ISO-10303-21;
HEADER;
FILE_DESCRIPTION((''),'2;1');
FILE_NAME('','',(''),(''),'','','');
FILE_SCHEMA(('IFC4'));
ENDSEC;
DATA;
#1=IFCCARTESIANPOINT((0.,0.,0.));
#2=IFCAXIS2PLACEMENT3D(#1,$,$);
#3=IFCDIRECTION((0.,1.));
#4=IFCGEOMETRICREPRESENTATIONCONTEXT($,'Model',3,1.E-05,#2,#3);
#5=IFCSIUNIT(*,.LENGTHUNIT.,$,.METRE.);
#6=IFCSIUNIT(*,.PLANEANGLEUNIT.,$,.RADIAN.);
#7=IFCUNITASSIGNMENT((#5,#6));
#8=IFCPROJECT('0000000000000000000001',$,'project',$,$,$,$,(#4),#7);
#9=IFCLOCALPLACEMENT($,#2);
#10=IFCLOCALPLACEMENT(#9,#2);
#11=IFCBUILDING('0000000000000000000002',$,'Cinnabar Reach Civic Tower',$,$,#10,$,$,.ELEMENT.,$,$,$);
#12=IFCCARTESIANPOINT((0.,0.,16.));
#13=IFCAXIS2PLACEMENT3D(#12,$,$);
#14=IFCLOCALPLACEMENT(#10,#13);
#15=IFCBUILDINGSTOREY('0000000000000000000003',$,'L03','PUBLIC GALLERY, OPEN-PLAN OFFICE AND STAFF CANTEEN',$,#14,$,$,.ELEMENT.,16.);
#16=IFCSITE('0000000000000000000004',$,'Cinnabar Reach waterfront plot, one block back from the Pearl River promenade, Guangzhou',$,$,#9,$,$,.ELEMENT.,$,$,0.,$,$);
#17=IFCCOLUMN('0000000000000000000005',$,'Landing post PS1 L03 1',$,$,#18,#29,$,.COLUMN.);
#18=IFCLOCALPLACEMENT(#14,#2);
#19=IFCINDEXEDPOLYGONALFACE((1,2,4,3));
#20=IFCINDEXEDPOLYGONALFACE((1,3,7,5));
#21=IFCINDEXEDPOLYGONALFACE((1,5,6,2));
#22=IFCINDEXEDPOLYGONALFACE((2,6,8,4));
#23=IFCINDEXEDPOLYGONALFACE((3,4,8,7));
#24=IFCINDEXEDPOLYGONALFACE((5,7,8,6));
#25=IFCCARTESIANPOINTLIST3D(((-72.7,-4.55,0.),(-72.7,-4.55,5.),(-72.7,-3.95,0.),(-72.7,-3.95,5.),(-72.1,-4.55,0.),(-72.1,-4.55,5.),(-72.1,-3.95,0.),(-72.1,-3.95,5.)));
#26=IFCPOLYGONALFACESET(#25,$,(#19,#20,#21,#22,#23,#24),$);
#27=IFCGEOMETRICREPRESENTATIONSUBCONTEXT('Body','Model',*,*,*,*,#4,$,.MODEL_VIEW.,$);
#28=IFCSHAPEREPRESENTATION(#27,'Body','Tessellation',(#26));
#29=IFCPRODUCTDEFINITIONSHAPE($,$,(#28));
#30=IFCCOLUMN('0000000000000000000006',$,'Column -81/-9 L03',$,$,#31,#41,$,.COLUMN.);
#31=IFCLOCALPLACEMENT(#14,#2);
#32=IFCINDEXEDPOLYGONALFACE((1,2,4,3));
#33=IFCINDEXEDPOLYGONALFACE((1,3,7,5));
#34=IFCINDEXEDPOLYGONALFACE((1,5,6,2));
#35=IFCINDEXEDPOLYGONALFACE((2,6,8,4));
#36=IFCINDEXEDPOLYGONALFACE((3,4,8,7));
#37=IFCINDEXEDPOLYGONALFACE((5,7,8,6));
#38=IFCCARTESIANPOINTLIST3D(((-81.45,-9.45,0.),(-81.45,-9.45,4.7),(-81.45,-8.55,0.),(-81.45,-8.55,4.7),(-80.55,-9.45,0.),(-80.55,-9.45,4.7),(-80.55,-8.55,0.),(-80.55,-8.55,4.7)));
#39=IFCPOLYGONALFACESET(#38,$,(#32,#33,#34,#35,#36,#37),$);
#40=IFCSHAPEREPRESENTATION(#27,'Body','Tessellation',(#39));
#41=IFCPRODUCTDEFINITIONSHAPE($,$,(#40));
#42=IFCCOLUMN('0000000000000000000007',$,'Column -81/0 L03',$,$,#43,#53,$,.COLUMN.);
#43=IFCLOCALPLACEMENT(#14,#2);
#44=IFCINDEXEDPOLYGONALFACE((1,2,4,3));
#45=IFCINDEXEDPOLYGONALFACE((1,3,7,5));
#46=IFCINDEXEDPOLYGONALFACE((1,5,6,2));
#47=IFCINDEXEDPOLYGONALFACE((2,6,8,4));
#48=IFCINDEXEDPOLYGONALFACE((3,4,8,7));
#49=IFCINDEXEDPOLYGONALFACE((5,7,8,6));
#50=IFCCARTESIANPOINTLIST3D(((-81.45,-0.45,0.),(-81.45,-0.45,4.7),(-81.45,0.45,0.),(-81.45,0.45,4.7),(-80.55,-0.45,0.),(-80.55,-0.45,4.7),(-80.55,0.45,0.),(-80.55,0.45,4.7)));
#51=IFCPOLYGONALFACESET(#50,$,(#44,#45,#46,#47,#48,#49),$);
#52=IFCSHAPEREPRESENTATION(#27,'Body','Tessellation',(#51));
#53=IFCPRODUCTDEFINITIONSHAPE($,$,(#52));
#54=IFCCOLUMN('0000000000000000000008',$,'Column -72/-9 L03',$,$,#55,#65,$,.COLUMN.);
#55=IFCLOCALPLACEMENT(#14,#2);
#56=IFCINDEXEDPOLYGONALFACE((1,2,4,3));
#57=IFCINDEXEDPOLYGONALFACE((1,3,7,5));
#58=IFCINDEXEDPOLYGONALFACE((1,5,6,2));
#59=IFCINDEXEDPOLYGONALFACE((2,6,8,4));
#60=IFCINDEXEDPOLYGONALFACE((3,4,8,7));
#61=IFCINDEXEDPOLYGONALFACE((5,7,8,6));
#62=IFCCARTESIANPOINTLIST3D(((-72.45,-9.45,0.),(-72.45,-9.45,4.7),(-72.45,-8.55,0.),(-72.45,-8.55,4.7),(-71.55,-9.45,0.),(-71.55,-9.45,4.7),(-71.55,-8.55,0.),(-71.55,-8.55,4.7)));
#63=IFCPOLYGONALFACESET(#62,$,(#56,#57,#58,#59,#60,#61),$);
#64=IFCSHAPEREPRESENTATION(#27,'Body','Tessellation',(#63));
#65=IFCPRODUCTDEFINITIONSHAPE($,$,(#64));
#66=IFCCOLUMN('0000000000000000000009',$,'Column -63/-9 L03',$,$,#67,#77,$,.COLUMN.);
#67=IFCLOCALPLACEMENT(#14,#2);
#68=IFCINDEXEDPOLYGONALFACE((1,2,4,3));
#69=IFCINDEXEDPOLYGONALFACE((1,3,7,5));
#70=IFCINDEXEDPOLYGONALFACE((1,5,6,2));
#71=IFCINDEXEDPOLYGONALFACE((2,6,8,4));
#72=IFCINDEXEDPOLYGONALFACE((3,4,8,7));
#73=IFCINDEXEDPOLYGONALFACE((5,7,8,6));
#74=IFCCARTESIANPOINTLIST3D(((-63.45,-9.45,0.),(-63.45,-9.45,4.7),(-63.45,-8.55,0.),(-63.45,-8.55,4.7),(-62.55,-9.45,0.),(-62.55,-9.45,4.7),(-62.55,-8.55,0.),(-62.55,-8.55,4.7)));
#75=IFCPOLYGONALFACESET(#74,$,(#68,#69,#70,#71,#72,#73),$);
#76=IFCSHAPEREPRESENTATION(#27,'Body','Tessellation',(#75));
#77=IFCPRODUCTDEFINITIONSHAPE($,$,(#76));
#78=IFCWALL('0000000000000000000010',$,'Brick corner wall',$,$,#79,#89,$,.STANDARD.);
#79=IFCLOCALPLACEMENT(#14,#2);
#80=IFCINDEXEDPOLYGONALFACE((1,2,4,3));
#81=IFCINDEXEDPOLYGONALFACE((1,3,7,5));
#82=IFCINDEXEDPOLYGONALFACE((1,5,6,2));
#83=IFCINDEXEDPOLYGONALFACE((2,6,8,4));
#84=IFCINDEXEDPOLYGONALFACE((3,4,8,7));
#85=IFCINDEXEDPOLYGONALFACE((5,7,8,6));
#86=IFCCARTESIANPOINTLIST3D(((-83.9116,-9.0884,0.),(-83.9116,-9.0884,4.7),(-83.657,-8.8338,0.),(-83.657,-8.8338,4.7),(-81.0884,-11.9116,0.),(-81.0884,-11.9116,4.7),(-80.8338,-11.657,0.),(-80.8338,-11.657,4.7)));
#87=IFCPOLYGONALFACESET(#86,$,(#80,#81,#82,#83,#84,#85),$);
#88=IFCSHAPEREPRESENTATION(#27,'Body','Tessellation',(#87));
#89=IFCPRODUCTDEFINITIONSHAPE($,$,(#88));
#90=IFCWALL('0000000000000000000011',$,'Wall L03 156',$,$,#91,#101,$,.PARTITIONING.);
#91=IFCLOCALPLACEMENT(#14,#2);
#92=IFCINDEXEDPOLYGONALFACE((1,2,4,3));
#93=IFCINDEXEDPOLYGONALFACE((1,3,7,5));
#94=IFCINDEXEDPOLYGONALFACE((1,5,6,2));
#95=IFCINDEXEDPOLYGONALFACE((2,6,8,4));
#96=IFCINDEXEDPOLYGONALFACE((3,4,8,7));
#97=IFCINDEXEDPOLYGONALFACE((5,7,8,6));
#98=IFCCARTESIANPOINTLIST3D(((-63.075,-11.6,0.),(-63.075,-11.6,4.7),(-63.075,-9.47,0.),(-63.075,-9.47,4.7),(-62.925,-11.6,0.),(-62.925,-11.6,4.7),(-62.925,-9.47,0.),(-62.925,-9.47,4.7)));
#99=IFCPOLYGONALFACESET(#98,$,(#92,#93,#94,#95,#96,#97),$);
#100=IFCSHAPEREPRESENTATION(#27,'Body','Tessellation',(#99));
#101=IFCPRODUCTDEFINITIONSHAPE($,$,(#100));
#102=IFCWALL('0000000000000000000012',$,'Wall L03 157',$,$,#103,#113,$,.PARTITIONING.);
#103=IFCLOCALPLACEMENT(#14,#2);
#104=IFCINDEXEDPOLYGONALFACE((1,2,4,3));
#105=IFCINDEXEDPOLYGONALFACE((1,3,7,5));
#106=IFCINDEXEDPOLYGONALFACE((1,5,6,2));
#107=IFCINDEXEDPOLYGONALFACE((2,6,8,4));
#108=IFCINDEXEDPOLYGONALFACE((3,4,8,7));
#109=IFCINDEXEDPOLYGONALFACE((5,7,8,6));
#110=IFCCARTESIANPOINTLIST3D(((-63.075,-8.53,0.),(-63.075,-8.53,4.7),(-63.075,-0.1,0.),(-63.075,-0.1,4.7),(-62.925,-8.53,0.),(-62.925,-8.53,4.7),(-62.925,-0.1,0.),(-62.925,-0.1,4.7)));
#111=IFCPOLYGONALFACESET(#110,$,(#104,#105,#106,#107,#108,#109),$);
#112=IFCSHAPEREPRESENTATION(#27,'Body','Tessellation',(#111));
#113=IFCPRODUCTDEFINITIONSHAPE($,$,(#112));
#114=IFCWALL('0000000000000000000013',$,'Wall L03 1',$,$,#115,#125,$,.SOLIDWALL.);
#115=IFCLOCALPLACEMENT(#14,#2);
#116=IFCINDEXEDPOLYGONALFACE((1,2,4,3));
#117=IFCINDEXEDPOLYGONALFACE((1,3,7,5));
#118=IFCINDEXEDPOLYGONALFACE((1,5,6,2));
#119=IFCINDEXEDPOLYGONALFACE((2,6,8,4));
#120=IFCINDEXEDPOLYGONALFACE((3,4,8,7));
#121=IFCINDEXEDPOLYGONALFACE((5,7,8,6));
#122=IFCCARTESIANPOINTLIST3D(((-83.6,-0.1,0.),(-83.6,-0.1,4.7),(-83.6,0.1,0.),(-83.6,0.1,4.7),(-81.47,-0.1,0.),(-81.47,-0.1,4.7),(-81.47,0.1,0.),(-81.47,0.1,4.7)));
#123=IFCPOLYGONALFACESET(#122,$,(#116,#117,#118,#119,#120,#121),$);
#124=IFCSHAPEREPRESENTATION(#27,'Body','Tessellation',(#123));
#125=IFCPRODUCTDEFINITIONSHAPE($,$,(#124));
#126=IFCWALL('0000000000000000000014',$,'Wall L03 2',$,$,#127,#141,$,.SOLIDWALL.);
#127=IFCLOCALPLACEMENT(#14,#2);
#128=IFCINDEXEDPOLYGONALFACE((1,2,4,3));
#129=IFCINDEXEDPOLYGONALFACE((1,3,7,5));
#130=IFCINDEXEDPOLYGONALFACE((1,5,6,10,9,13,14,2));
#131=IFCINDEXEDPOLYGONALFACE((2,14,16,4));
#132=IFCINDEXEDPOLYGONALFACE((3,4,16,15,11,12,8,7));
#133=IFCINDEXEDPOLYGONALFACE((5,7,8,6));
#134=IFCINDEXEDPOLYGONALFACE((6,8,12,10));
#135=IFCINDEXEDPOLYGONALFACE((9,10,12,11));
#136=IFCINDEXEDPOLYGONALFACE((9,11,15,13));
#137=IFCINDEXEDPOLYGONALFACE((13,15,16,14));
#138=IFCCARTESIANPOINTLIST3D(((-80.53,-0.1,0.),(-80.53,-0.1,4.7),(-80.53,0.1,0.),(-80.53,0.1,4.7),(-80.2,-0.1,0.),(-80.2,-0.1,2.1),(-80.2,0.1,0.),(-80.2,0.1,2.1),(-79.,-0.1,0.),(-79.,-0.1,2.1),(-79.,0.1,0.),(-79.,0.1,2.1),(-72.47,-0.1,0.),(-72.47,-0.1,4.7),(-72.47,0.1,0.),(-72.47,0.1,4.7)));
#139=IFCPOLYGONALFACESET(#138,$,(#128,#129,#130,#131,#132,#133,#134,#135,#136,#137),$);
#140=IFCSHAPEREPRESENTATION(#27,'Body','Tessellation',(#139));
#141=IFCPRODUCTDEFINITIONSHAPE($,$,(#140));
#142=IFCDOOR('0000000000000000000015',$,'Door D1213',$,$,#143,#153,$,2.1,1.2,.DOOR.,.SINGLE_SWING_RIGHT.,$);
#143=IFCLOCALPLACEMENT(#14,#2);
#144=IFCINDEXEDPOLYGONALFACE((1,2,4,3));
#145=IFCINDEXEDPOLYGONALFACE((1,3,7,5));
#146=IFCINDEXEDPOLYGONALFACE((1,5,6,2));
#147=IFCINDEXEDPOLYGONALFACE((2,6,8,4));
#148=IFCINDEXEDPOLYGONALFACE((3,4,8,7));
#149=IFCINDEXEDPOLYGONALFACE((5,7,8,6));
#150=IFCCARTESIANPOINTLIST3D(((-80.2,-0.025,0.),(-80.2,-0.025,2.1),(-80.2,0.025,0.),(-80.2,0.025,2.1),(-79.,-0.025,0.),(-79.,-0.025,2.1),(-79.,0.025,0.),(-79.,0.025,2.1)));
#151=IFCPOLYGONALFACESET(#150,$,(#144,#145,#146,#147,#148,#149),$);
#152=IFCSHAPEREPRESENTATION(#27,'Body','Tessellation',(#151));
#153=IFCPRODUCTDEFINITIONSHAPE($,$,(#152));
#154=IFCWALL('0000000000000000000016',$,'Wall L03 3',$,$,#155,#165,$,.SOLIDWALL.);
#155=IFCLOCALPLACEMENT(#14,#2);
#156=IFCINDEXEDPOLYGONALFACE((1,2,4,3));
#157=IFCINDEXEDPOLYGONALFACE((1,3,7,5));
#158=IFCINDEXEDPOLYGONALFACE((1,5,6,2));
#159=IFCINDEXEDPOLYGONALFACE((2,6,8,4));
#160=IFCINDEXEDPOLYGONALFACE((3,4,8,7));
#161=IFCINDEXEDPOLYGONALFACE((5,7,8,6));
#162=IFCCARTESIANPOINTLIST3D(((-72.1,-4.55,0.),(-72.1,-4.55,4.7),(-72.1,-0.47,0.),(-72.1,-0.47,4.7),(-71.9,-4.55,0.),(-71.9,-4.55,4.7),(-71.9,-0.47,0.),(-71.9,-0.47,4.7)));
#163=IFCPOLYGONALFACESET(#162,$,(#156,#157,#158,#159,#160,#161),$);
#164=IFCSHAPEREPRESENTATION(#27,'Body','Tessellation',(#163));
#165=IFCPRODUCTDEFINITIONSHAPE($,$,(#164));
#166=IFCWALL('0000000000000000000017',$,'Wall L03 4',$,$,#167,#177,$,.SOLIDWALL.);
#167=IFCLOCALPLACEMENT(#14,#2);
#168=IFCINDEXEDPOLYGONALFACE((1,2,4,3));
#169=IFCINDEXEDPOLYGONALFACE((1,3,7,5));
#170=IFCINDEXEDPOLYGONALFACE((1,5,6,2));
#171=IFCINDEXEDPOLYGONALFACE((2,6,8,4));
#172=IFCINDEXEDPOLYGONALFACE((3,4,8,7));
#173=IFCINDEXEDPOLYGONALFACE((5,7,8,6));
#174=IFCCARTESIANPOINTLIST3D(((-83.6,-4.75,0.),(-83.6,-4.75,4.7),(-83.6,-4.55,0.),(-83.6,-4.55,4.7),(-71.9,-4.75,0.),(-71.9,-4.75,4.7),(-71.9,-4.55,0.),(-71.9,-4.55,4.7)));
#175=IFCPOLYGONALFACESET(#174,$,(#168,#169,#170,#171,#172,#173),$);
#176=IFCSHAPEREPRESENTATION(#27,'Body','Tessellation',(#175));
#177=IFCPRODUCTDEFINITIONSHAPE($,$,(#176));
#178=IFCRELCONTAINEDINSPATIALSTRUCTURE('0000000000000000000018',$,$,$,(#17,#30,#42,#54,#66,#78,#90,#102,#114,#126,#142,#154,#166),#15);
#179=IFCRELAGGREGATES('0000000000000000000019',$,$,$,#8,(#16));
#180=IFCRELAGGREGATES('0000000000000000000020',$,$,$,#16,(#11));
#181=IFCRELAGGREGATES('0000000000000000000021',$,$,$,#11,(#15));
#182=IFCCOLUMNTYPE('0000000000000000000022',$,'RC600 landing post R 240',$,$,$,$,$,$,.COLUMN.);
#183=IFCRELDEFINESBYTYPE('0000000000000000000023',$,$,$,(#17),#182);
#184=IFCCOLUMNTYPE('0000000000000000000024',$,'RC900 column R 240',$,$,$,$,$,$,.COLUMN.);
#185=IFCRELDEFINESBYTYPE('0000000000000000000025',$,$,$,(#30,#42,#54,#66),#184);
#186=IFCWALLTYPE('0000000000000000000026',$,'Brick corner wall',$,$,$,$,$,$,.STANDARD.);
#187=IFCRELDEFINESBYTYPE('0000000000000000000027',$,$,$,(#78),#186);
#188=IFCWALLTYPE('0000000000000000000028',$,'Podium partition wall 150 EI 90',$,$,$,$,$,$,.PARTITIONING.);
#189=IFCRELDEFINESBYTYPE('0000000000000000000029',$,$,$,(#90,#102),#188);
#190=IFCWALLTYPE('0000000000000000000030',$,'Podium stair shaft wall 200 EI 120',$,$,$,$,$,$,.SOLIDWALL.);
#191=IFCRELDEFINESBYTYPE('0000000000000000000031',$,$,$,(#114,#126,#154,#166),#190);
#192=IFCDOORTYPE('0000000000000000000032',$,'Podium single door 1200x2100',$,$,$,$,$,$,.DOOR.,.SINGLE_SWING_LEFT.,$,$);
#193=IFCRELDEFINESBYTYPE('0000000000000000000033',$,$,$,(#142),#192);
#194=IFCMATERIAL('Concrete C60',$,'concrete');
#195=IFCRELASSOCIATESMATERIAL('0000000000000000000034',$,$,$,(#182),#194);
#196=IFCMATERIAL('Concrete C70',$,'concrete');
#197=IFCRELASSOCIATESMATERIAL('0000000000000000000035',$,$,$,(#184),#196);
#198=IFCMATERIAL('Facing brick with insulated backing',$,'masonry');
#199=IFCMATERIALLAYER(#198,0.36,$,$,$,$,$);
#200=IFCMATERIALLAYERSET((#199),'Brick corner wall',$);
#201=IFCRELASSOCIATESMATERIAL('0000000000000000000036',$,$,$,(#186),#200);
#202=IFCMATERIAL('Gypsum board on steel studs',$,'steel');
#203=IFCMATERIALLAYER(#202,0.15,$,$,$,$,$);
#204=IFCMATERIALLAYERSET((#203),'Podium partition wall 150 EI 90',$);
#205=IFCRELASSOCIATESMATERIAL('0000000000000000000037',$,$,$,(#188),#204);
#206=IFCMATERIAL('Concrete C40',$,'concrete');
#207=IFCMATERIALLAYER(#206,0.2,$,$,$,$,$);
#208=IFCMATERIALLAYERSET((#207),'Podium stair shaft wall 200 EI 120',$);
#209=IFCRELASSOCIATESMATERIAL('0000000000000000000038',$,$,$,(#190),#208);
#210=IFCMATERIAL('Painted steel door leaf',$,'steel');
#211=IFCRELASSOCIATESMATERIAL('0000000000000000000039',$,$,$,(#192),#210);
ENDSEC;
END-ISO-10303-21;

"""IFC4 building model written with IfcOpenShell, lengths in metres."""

from ifc_helpers import new_model, si_unit, direction, frame, frame_2d, origin, origin_2d, place, context, subcontext, project, spatial, rectangle, extrude, material, layer, layer_set, material_profile, profile_set, type_object, element, fill, save


model = new_model("IFC4")

# Units and contexts
model_context = context("Model", 3, precision=1e-05, world=origin(), true_north=direction((0.0, 1.0)))
body_context = subcontext(model_context, "Body", "Model", "MODEL_VIEW")
ifc_project = project(units=[si_unit("LENGTHUNIT", "METRE"), si_unit("PLANEANGLEUNIT", "RADIAN")], contexts=[model_context])

# Site, building, storey
site_placement = place(None, origin())
site = spatial("IfcSite", under=ifc_project, at=site_placement, Name="Cinnabar Reach waterfront plot, one block back from the Pearl River promenade, Guangzhou", CompositionType="ELEMENT", RefElevation=0.0)
building_placement = place(site_placement, origin())
building = spatial("IfcBuilding", under=site, at=building_placement, Name="Cinnabar Reach Civic Tower", CompositionType="ELEMENT")
storey_placement = place(building_placement, frame((0.0, 0.0, 16.0)))
storey = spatial("IfcBuildingStorey", under=building, at=storey_placement, Name="L03", Description="PUBLIC GALLERY, OPEN-PLAN OFFICE AND STAFF CANTEEN", CompositionType="ELEMENT", Elevation=16.0)

# Columns
ifc_material_1 = material(Name="Concrete C60", Category="concrete")
ifc_material_profile_1 = material_profile(ifc_material_1, rectangle(XDim=0.6, YDim=0.6, at=origin_2d()), Name="RC600")
ifc_profile_set_1 = profile_set([ifc_material_profile_1], Name="Concrete C60")
column_type_1 = type_object("IfcColumnType", Name="RC600 landing post R 240", PredefinedType="COLUMN", material=ifc_profile_set_1)
column_placement = place(storey_placement, frame((-72.4, -4.25, 0.0), z_axis=(0.0, 0.0, 1.0), x_axis=(1.0, 0.0, 0.0)))
element("IfcColumn", 1, at=column_placement, inside=storey, type_object=column_type_1, Name="Landing post PS1 L03 1", PredefinedType="COLUMN", context=body_context, shape_type="SweptSolid", body=[
    extrude(rectangle(XDim=0.6, YDim=0.6, at=origin_2d()), origin(), (0.0, 0.0, 1.0), 5.0),
])
ifc_material_2 = material(Name="Concrete C70", Category="concrete")
ifc_material_profile_2 = material_profile(ifc_material_2, rectangle(XDim=0.9, YDim=0.9, at=origin_2d()), Name="RC900")
ifc_profile_set_2 = profile_set([ifc_material_profile_2], Name="Concrete C70")
column_type_2 = type_object("IfcColumnType", Name="RC900 column R 240", PredefinedType="COLUMN", material=ifc_profile_set_2)
for number, where, z_axis, x_axis, name in (
    (2, (-81.0, -9.0, 0.0), (0.0, 0.0, 1.0), (1.0, 0.0, 0.0), "Column -81/-9 L03"),
    (3, (-81.0, 0.0, 0.0), (0.0, 0.0, 1.0), (1.0, 0.0, 0.0), "Column -81/0 L03"),
    (4, (-72.0, -9.0, 0.0), (0.0, 0.0, 1.0), (1.0, 0.0, 0.0), "Column -72/-9 L03"),
    (5, (-63.0, -9.0, 0.0), (0.0, 0.0, 1.0), (1.0, 0.0, 0.0), "Column -63/-9 L03"),
):
    element("IfcColumn", number, at=place(storey_placement, frame(where, z_axis=z_axis, x_axis=x_axis)), inside=storey, type_object=column_type_2, Name=name, PredefinedType="COLUMN", context=body_context, shape_type="SweptSolid", body=[
        extrude(rectangle(XDim=0.9, YDim=0.9, at=origin_2d()), origin(), (0.0, 0.0, 1.0), 4.7),
    ])

# Walls
ifc_material_3 = material(Name="Facing brick with insulated backing", Category="masonry")
ifc_layer_1 = layer(ifc_material_3, 0.36)
ifc_layer_set_1 = layer_set([ifc_layer_1], Name="Brick corner wall")
wall_type_1 = type_object("IfcWallType", Name="Brick corner wall", PredefinedType="STANDARD", material=ifc_layer_set_1)
wall_1_placement = place(storey_placement, frame((-83.7843, -8.9611, 0.0), z_axis=(0.0, 0.0, 1.0), x_axis=(0.707107, -0.707107, 0.0)))
element("IfcWall", 6, at=wall_1_placement, inside=storey, type_object=wall_type_1, Name="Brick corner wall", PredefinedType="STANDARD", context=body_context, shape_type="SweptSolid", body=[
    extrude(rectangle(XDim=3.9926, YDim=0.36, at=frame_2d((1.9963, 0.0))), origin(), (0.0, 0.0, 1.0), 4.7),
])
ifc_material_4 = material(Name="Gypsum board on steel studs", Category="steel")
ifc_layer_2 = layer(ifc_material_4, 0.15)
ifc_layer_set_2 = layer_set([ifc_layer_2], Name="Podium partition wall 150 EI 90")
wall_type_2 = type_object("IfcWallType", Name="Podium partition wall 150 EI 90", PredefinedType="PARTITIONING", material=ifc_layer_set_2)
wall_2_placement = place(storey_placement, frame((-63.0, -11.6, 0.0), z_axis=(0.0, 0.0, 1.0), x_axis=(0.0, 1.0, 0.0)))
element("IfcWall", 7, at=wall_2_placement, inside=storey, type_object=wall_type_2, Name="Wall L03 156", PredefinedType="PARTITIONING", context=body_context, shape_type="SweptSolid", body=[
    extrude(rectangle(XDim=2.13, YDim=0.15, at=frame_2d((1.065, 0.0))), origin(), (0.0, 0.0, 1.0), 4.7),
])
wall_3_placement = place(storey_placement, frame((-63.0, -8.53, 0.0), z_axis=(0.0, 0.0, 1.0), x_axis=(0.0, 1.0, 0.0)))
element("IfcWall", 8, at=wall_3_placement, inside=storey, type_object=wall_type_2, Name="Wall L03 157", PredefinedType="PARTITIONING", context=body_context, shape_type="SweptSolid", body=[
    extrude(rectangle(XDim=8.43, YDim=0.15, at=frame_2d((4.215, 0.0))), origin(), (0.0, 0.0, 1.0), 4.7),
])
ifc_material_5 = material(Name="Concrete C40", Category="concrete")
ifc_layer_3 = layer(ifc_material_5, 0.2)
ifc_layer_set_3 = layer_set([ifc_layer_3], Name="Podium stair shaft wall 200 EI 120")
wall_type_3 = type_object("IfcWallType", Name="Podium stair shaft wall 200 EI 120", PredefinedType="SOLIDWALL", material=ifc_layer_set_3)
wall_4_placement = place(storey_placement, frame((-83.6, 0.0, 0.0), z_axis=(0.0, 0.0, 1.0), x_axis=(1.0, 0.0, 0.0)))
element("IfcWall", 9, at=wall_4_placement, inside=storey, type_object=wall_type_3, Name="Wall L03 1", PredefinedType="SOLIDWALL", context=body_context, shape_type="SweptSolid", body=[
    extrude(rectangle(XDim=2.13, YDim=0.2, at=frame_2d((1.065, 0.0))), origin(), (0.0, 0.0, 1.0), 4.7),
])

# Wall, opening, door
wall_5_placement = place(storey_placement, frame((-80.53, 0.0, 0.0), z_axis=(0.0, 0.0, 1.0), x_axis=(1.0, 0.0, 0.0)))
wall_5 = element("IfcWall", 10, at=wall_5_placement, inside=storey, type_object=wall_type_3, Name="Wall L03 2", PredefinedType="SOLIDWALL", context=body_context, shape_type="SweptSolid", body=[
    extrude(rectangle(XDim=8.06, YDim=0.2, at=frame_2d((4.03, 0.0))), origin(), (0.0, 0.0, 1.0), 4.7),
])
opening_placement = place(wall_5_placement, frame((0.33, 0.0, 0.0)))
opening = element("IfcOpeningElement", 11, at=opening_placement, cuts=wall_5, PredefinedType="OPENING", context=body_context, shape_type="SweptSolid", body=[
    extrude(rectangle(XDim=1.2, YDim=2.1, at=frame_2d((0.6, 1.05))), frame((0.0, 0.11, 0.0), z_axis=(0.0, -1.0, 0.0), x_axis=(1.0, 0.0, 0.0)), (0.0, 0.0, 1.0), 0.22),
])
ifc_material_6 = material(Name="Painted steel door leaf", Category="steel")
door_type = type_object("IfcDoorType", Name="Podium single door 1200x2100", OperationType="SINGLE_SWING_LEFT", PredefinedType="DOOR", material=ifc_material_6)
door_placement = place(opening_placement, frame((1.2, 0.0, 0.0), z_axis=(0.0, 0.0, 1.0), x_axis=(-1.0, 0.0, 0.0)))
door = element("IfcDoor", 12, at=door_placement, inside=storey, type_object=door_type, Name="Door D1213", OperationType="SINGLE_SWING_RIGHT", OverallHeight=2.1, OverallWidth=1.2, PredefinedType="DOOR", context=body_context, shape_type="SweptSolid", body=[
    extrude(rectangle(XDim=1.2, YDim=2.1, at=frame_2d((0.6, 1.05))), frame((0.0, 0.025, 0.0), z_axis=(0.0, -1.0, 0.0), x_axis=(1.0, 0.0, 0.0)), (0.0, 0.0, 1.0), 0.05),
])
fill(opening, door)

# Walls
wall_6_placement = place(storey_placement, frame((-72.0, -4.55, 0.0), z_axis=(0.0, 0.0, 1.0), x_axis=(0.0, 1.0, 0.0)))
element("IfcWall", 13, at=wall_6_placement, inside=storey, type_object=wall_type_3, Name="Wall L03 3", PredefinedType="SOLIDWALL", context=body_context, shape_type="SweptSolid", body=[
    extrude(rectangle(XDim=4.08, YDim=0.2, at=frame_2d((2.04, 0.0))), origin(), (0.0, 0.0, 1.0), 4.7),
])
wall_7_placement = place(storey_placement, frame((-83.6, -4.65, 0.0), z_axis=(0.0, 0.0, 1.0), x_axis=(1.0, 0.0, 0.0)))
element("IfcWall", 14, at=wall_7_placement, inside=storey, type_object=wall_type_3, Name="Wall L03 4", PredefinedType="SOLIDWALL", context=body_context, shape_type="SweptSolid", body=[
    extrude(rectangle(XDim=11.7, YDim=0.2, at=frame_2d((5.85, 0.0))), origin(), (0.0, 0.0, 1.0), 4.7),
])

save(model, "model.ifc")
